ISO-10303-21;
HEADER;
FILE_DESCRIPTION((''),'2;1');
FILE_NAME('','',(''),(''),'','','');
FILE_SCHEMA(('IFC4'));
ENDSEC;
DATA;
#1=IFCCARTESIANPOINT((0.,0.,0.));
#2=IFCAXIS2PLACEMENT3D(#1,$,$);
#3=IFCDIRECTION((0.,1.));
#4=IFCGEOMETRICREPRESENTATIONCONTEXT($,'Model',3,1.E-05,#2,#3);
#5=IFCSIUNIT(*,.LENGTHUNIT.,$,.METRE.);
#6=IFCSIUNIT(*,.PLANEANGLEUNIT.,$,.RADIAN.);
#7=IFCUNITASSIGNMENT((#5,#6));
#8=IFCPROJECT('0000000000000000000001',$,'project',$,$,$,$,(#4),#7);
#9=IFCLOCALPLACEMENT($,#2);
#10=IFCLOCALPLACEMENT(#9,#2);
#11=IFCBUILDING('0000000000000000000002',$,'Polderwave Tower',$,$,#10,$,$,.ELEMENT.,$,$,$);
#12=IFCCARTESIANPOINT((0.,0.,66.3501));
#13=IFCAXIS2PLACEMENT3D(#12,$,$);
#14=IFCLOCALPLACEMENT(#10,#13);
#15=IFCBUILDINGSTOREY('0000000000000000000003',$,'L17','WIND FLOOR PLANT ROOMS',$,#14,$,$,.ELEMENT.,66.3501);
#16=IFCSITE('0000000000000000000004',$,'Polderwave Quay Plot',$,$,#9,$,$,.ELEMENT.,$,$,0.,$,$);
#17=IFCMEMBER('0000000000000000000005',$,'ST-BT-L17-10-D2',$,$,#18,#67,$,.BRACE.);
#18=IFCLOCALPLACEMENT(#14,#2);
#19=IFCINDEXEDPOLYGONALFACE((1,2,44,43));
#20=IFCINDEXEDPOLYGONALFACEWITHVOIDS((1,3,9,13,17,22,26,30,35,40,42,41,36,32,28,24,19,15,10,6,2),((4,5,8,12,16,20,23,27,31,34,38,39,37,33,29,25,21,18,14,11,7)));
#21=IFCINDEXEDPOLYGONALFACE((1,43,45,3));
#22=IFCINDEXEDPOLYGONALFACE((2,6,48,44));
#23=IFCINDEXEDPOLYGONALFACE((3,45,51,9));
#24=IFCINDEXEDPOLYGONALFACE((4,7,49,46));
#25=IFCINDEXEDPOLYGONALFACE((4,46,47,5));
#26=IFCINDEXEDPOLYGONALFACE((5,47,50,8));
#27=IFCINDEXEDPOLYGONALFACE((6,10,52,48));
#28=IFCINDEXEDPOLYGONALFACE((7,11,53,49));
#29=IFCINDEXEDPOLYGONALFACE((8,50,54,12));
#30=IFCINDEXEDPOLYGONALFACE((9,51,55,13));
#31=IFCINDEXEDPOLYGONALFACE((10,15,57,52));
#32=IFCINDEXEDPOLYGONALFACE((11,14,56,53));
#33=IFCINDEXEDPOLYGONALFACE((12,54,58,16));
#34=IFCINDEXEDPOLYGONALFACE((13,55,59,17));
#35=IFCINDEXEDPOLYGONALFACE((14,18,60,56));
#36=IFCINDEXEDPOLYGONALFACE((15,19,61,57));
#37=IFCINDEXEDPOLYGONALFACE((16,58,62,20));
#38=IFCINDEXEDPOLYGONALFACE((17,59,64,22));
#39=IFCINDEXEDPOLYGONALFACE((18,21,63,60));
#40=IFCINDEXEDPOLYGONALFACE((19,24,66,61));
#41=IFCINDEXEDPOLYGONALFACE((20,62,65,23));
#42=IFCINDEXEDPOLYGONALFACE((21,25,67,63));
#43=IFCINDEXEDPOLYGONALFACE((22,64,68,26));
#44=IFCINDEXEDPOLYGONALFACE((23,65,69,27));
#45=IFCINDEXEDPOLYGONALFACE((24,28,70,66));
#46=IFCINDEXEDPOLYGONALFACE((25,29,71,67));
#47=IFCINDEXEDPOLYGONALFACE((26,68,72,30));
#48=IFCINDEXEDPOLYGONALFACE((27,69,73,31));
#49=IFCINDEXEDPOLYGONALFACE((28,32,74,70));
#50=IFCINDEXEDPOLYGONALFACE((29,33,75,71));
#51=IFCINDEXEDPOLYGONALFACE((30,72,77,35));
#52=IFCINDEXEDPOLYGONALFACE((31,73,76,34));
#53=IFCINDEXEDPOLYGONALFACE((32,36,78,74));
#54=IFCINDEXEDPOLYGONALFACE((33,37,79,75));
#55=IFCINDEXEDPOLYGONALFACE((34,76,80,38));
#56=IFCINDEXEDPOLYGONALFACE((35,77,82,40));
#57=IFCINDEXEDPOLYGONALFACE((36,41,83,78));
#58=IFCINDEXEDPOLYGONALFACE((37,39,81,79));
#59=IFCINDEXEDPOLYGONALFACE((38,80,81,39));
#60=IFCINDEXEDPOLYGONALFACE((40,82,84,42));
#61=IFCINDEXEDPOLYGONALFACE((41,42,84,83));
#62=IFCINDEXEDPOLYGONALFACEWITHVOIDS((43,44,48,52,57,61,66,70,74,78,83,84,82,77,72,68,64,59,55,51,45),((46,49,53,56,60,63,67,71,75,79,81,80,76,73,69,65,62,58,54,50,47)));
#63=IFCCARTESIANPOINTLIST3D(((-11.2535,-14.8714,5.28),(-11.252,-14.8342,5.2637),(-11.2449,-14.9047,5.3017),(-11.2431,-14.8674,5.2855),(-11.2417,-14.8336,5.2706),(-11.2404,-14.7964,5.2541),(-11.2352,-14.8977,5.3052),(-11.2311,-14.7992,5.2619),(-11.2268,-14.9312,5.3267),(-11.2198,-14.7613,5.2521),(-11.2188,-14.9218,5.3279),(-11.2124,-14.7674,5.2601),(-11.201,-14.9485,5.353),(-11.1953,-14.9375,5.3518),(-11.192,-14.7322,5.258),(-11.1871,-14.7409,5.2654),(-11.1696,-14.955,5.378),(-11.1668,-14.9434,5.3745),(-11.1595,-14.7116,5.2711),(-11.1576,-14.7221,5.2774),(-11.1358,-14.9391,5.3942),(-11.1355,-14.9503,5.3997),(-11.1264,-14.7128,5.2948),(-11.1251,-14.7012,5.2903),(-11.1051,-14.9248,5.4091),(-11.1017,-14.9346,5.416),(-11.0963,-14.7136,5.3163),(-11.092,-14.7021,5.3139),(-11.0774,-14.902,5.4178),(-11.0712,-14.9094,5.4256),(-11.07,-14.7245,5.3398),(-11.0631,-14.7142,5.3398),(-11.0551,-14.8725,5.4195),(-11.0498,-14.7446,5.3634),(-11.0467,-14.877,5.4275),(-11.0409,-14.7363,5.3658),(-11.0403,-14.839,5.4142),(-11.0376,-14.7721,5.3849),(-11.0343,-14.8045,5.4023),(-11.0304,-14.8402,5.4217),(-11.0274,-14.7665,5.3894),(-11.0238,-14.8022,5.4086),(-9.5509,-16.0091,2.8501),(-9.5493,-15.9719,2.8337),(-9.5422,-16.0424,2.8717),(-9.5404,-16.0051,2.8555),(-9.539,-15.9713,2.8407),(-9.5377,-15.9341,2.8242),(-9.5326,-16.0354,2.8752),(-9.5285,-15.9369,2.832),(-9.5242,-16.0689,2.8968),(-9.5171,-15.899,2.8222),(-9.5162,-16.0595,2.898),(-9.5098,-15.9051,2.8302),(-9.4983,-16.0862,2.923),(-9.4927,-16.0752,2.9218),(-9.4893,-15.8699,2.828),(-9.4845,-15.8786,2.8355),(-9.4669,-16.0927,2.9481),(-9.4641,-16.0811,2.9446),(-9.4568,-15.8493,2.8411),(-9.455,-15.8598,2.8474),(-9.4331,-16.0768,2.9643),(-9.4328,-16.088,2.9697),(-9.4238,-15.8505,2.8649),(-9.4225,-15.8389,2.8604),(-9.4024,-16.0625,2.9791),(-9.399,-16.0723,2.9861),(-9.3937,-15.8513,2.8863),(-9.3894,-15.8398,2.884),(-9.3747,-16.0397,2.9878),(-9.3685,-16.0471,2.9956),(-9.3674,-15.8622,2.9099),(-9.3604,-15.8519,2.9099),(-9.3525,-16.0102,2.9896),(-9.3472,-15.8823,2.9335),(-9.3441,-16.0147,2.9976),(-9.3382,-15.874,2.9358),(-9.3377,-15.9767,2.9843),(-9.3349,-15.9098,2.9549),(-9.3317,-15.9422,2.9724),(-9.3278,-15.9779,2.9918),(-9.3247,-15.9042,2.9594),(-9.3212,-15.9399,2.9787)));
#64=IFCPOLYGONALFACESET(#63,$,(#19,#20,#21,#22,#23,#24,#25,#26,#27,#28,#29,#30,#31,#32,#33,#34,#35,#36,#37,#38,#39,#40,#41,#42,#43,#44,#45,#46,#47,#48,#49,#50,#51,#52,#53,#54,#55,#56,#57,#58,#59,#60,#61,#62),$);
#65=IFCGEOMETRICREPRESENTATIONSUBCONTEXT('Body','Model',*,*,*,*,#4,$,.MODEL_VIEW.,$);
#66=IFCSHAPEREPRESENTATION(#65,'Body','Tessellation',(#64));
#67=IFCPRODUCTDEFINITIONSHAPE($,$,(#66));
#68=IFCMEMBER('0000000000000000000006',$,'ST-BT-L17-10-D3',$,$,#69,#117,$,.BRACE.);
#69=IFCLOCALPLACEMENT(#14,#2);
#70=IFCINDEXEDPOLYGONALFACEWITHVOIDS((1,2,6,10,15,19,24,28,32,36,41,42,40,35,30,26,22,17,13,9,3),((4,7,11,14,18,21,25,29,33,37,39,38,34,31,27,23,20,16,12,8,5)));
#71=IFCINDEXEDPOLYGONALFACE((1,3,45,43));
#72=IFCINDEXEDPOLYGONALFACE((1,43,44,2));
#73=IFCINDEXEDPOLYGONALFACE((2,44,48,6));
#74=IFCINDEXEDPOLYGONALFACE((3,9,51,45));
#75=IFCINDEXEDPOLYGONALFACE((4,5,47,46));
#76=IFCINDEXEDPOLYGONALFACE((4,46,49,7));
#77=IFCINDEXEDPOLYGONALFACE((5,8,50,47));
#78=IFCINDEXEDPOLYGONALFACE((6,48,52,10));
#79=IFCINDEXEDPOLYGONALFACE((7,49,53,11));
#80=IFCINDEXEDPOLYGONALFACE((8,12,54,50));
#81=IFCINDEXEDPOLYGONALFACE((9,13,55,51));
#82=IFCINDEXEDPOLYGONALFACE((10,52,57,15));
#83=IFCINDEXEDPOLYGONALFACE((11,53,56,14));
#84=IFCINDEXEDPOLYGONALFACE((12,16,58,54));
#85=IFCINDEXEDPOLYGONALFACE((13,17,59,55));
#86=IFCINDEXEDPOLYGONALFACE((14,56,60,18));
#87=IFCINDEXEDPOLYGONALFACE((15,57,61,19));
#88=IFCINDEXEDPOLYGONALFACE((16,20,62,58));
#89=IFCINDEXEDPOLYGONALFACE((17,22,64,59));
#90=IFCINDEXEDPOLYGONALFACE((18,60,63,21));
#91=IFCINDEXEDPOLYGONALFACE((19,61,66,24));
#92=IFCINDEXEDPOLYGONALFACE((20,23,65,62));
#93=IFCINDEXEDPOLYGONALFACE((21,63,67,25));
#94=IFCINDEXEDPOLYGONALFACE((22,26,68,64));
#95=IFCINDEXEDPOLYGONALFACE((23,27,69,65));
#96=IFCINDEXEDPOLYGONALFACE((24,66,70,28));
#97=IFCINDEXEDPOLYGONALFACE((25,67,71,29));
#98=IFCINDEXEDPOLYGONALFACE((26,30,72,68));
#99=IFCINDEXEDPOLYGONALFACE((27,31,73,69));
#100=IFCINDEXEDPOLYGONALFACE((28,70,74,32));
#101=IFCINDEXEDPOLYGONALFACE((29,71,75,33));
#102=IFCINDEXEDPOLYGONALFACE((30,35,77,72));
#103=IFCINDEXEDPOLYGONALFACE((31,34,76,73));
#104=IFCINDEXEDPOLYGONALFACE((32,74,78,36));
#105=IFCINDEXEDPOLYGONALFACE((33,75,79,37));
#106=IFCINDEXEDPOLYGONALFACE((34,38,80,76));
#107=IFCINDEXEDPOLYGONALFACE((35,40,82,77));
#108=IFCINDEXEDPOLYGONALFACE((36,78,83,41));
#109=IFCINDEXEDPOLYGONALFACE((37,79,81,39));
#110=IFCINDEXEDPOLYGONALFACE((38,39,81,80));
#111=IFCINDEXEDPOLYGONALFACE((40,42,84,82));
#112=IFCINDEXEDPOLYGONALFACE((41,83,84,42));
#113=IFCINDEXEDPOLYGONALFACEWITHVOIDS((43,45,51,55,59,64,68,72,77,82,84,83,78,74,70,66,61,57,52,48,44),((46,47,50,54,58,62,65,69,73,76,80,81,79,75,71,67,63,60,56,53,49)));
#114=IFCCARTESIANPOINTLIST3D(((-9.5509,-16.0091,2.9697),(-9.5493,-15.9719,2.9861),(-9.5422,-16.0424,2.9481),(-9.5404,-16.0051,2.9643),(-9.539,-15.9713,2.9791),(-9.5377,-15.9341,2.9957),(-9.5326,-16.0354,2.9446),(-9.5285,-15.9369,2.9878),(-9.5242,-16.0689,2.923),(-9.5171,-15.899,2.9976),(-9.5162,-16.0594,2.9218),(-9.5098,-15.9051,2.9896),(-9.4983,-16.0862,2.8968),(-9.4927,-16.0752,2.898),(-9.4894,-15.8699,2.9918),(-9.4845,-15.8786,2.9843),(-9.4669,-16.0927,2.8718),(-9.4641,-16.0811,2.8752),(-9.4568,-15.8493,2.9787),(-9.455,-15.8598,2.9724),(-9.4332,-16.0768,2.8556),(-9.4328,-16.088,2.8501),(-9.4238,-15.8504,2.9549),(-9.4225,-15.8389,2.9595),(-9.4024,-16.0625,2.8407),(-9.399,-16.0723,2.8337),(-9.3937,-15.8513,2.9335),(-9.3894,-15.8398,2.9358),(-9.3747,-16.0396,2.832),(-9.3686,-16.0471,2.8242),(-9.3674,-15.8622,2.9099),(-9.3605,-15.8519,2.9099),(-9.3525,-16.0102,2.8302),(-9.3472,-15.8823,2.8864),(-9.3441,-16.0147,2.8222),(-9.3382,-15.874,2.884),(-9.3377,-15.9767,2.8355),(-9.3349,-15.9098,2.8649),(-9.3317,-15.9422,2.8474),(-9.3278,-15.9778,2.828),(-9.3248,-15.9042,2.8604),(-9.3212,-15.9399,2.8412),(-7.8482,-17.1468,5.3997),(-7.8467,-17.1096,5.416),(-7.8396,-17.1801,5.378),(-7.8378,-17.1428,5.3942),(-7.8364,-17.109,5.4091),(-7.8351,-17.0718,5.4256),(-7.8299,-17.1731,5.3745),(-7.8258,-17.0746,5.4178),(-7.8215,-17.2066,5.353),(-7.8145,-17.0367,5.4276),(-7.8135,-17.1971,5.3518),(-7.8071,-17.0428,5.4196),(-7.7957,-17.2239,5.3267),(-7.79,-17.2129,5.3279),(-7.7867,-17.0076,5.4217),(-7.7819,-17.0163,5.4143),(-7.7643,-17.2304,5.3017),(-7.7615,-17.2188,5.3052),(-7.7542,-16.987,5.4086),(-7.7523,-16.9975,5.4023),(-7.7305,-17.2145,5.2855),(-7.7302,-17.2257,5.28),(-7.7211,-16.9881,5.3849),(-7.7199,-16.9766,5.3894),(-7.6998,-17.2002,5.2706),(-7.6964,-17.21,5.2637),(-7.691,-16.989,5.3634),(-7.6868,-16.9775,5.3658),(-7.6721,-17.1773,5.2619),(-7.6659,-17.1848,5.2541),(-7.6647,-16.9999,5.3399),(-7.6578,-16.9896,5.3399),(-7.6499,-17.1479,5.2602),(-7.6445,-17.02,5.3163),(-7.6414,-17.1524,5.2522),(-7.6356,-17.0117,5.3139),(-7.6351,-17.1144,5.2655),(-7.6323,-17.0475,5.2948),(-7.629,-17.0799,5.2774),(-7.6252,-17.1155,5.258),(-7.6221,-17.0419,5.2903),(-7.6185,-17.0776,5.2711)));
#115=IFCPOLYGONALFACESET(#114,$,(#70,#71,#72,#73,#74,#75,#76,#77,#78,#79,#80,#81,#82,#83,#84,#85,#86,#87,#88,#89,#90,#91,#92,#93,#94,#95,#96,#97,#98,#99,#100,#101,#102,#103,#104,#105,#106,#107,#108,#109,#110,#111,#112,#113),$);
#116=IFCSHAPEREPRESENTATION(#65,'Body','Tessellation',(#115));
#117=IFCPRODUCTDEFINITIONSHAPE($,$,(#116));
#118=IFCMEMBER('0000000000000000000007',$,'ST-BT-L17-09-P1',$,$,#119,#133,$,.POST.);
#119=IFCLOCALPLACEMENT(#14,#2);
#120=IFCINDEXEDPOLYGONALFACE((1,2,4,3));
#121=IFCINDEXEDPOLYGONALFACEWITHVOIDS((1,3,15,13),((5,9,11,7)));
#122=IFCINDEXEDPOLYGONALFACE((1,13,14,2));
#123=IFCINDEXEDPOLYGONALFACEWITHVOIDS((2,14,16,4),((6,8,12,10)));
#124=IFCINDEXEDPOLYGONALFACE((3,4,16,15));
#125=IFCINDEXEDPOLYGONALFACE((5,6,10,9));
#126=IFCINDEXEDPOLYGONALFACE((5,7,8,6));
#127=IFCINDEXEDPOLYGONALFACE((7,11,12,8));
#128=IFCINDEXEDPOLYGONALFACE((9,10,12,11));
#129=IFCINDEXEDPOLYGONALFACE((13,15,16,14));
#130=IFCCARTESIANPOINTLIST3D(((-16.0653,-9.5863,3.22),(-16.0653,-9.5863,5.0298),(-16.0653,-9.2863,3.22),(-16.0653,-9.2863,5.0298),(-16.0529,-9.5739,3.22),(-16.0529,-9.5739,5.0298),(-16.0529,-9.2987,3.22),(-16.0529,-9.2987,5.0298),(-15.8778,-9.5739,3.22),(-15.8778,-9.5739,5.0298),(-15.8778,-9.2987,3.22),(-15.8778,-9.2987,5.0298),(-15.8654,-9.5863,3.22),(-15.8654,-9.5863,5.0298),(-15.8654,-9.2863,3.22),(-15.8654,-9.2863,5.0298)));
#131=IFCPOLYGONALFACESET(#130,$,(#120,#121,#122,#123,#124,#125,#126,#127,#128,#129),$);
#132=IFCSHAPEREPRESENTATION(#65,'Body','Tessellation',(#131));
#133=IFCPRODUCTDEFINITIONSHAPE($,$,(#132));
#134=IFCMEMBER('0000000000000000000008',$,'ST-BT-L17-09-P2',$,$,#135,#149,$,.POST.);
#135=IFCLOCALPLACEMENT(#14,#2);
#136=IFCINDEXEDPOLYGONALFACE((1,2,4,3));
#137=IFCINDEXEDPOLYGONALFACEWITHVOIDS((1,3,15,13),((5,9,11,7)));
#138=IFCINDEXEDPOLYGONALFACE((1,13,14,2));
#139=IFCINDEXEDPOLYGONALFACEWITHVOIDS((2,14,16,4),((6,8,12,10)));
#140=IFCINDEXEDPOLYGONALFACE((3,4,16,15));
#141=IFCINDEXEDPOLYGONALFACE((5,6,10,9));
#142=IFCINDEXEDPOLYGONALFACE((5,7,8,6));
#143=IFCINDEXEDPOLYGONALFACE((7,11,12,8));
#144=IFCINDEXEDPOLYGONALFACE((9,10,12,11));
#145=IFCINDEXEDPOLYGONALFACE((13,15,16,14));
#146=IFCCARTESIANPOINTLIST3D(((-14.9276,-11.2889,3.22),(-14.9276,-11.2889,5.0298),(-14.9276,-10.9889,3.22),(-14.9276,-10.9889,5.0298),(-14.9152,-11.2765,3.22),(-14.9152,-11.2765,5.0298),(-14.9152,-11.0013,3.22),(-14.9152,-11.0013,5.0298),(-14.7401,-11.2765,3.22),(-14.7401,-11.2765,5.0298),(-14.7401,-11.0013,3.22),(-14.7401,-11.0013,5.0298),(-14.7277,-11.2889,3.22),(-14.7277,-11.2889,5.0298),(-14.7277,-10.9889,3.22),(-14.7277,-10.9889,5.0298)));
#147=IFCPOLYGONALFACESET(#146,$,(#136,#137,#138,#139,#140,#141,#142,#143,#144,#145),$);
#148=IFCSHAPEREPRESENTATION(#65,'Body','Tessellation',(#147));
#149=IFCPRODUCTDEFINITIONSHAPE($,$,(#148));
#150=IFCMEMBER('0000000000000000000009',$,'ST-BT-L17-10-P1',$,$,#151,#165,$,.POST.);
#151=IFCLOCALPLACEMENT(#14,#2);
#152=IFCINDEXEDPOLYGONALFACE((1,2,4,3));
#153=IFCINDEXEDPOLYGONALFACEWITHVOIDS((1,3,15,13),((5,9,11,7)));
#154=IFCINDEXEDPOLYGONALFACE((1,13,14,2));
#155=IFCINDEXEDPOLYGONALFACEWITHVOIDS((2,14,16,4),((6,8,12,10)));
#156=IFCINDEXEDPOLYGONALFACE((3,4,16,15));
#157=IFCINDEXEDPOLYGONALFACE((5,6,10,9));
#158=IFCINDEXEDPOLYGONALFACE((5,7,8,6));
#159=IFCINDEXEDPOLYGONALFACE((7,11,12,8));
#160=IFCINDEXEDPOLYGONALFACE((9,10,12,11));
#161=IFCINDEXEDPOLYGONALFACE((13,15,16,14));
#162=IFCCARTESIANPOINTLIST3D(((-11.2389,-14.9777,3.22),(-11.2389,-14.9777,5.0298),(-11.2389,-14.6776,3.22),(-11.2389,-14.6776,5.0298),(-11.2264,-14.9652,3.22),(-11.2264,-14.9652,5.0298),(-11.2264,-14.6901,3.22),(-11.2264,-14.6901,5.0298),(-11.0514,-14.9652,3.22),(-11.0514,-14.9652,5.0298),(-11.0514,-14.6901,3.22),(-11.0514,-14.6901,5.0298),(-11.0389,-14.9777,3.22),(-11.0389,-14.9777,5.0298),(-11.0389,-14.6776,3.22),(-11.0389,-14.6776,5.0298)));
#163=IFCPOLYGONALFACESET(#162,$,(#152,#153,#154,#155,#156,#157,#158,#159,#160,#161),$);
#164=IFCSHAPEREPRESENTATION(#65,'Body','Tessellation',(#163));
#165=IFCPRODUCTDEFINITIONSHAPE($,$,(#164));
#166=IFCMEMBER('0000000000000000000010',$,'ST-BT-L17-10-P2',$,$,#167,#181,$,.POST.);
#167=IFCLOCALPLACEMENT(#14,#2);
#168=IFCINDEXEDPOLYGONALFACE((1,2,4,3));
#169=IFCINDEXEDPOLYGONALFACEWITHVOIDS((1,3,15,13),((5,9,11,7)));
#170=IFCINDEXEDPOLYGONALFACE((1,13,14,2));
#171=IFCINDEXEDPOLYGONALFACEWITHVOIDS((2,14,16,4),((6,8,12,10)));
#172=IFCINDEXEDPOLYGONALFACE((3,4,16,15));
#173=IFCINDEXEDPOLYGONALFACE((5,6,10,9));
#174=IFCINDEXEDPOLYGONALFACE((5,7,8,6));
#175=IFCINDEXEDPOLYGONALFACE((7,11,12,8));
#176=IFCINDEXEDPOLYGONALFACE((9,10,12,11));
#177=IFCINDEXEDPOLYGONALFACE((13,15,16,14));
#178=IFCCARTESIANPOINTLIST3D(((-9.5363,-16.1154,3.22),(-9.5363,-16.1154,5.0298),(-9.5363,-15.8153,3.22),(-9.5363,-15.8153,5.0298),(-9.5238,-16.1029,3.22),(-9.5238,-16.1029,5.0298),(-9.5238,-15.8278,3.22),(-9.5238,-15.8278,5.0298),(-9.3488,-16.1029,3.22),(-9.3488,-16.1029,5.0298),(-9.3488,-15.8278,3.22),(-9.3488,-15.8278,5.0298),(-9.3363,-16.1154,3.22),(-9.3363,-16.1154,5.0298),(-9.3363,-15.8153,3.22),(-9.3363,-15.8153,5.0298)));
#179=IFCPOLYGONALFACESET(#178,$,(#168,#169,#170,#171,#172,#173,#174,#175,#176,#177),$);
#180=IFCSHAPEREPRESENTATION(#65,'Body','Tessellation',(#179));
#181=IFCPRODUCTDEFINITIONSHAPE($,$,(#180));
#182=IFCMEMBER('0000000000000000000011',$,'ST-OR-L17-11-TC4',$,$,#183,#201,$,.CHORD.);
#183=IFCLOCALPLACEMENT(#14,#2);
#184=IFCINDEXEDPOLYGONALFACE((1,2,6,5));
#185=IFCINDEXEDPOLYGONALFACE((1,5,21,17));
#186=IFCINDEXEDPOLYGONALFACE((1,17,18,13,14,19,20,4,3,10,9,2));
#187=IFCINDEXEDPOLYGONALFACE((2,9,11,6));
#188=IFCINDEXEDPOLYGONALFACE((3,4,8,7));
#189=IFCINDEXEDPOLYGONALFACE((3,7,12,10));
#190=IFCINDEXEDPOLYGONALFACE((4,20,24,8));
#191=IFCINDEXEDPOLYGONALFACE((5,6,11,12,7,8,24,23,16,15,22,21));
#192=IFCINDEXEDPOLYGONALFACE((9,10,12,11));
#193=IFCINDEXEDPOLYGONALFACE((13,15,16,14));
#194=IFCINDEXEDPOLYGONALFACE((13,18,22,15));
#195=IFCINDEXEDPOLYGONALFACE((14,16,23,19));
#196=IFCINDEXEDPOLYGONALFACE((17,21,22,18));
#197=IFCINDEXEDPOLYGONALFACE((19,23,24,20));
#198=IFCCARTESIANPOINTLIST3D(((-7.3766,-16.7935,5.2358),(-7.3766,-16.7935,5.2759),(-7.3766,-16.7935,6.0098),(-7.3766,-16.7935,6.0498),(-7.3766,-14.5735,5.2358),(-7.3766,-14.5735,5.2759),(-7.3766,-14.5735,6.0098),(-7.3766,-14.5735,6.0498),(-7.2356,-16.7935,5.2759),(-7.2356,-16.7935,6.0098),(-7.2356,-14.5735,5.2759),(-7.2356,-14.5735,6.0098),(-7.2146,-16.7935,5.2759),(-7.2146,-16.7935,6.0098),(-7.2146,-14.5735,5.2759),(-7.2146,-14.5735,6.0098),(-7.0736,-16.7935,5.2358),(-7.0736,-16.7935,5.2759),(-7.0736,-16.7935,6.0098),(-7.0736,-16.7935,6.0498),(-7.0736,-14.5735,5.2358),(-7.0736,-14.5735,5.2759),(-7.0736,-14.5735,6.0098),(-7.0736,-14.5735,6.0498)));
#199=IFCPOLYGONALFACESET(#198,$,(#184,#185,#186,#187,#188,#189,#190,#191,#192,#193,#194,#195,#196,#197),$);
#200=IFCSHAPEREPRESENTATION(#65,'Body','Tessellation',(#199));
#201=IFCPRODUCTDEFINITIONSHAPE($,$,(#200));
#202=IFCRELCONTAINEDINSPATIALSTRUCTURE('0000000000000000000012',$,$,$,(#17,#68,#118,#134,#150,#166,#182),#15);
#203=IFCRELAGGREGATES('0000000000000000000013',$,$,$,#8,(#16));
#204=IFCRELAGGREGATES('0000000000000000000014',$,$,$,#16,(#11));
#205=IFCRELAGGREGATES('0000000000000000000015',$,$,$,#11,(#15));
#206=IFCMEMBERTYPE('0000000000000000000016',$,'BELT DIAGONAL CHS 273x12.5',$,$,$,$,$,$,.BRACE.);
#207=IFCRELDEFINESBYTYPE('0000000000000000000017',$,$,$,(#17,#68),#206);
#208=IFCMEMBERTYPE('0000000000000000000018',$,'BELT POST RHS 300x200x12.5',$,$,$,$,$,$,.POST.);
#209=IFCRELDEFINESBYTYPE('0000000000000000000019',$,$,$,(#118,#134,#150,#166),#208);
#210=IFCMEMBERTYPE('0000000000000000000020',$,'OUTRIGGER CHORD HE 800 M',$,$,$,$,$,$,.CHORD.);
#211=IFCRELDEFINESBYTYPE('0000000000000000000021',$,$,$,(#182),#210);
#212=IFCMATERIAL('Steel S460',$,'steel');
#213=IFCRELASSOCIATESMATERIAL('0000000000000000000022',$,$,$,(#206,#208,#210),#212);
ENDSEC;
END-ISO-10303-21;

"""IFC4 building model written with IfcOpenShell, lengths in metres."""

from ifc_helpers import new_model, si_unit, direction, frame, origin, origin_2d, place, context, subcontext, project, spatial, hollow_rectangle, hollow_circle, i_section, extrude, material, material_profile, profile_set, type_object, element, save


model = new_model("IFC4")

# Units and contexts
model_context = context("Model", 3, precision=1e-05, world=origin(), true_north=direction((0.0, 1.0)))
body_context = subcontext(model_context, "Body", "Model", "MODEL_VIEW")
ifc_project = project(units=[si_unit("LENGTHUNIT", "METRE"), si_unit("PLANEANGLEUNIT", "RADIAN")], contexts=[model_context])

# Site, building, storey
site_placement = place(None, origin())
site = spatial("IfcSite", under=ifc_project, at=site_placement, Name="Polderwave Quay Plot", CompositionType="ELEMENT", RefElevation=0.0)
building_placement = place(site_placement, origin())
building = spatial("IfcBuilding", under=site, at=building_placement, Name="Polderwave Tower", CompositionType="ELEMENT")
storey_placement = place(building_placement, frame((0.0, 0.0, 66.3501)))
storey = spatial("IfcBuildingStorey", under=building, at=storey_placement, Name="L17", Description="WIND FLOOR PLANT ROOMS", CompositionType="ELEMENT", Elevation=66.3501)

# Members
ifc_material_1 = material(Name="Steel S460", Category="steel")
ifc_material_profile_1 = material_profile(ifc_material_1, hollow_circle(Radius=0.1365, WallThickness=0.0125, at=origin_2d()), Name="CHS 273x12.5")
ifc_profile_set_1 = profile_set([ifc_material_profile_1], Name="Steel S460")
member_type_1 = type_object("IfcMemberType", Name="BELT DIAGONAL CHS 273x12.5", PredefinedType="BRACE", material=ifc_profile_set_1)
for number, where, z_axis, x_axis, name in (
    (1, (-11.1389, -14.8276, 5.3398), (0.535805, -0.358023, -0.764678), (0.55558, 0.831463, 0.0), "ST-BT-L17-10-D2"),
    (2, (-9.4363, -15.9653, 2.9099), (0.535805, -0.358023, 0.764678), (0.55558, 0.831463, 0.0), "ST-BT-L17-10-D3"),
):
    element("IfcMember", number, at=place(storey_placement, frame(where, z_axis=z_axis, x_axis=x_axis)), inside=storey, type_object=member_type_1, Name=name, PredefinedType="BRACE", context=body_context, shape_type="SweptSolid", body=[
        extrude(hollow_circle(Radius=0.1365, WallThickness=0.0125, at=origin_2d()), origin(), (0.0, 0.0, 1.0), 3.1777),
    ])
ifc_material_profile_2 = material_profile(ifc_material_1, hollow_rectangle(XDim=0.2, YDim=0.3, WallThickness=0.0125, at=origin_2d()), Name="RHS 300x200x12.5")
ifc_profile_set_2 = profile_set([ifc_material_profile_2], Name="Steel S460")
member_type_2 = type_object("IfcMemberType", Name="BELT POST RHS 300x200x12.5", PredefinedType="POST", material=ifc_profile_set_2)
for number, where, z_axis, x_axis, name in (
    (3, (-15.9653, -9.4363, 3.22), (0.0, 0.0, 1.0), (1.0, 0.0, 0.0), "ST-BT-L17-09-P1"),
    (4, (-14.8276, -11.1389, 3.22), (0.0, 0.0, 1.0), (1.0, 0.0, 0.0), "ST-BT-L17-09-P2"),
    (5, (-11.1389, -14.8276, 3.22), (0.0, 0.0, 1.0), (1.0, 0.0, 0.0), "ST-BT-L17-10-P1"),
    (6, (-9.4363, -15.9653, 3.22), (0.0, 0.0, 1.0), (1.0, 0.0, 0.0), "ST-BT-L17-10-P2"),
):
    element("IfcMember", number, at=place(storey_placement, frame(where, z_axis=z_axis, x_axis=x_axis)), inside=storey, type_object=member_type_2, Name=name, PredefinedType="POST", context=body_context, shape_type="SweptSolid", body=[
        extrude(hollow_rectangle(XDim=0.2, YDim=0.3, WallThickness=0.0125, at=origin_2d()), origin(), (0.0, 0.0, 1.0), 1.8098),
    ])
ifc_material_profile_3 = material_profile(ifc_material_1, i_section(OverallWidth=0.303, OverallDepth=0.814, WebThickness=0.021, FlangeThickness=0.04, at=origin_2d()), Name="HE 800 M")
ifc_profile_set_3 = profile_set([ifc_material_profile_3], Name="Steel S460")
member_type_3 = type_object("IfcMemberType", Name="OUTRIGGER CHORD HE 800 M", PredefinedType="CHORD", material=ifc_profile_set_3)
member_placement = place(storey_placement, frame((-7.2251, -14.5735, 5.6428), z_axis=(0.0, -1.0, 0.0), x_axis=(1.0, 0.0, 0.0)))
element("IfcMember", 7, at=member_placement, inside=storey, type_object=member_type_3, Name="ST-OR-L17-11-TC4", PredefinedType="CHORD", context=body_context, shape_type="SweptSolid", body=[
    extrude(i_section(OverallWidth=0.303, OverallDepth=0.814, WebThickness=0.021, FlangeThickness=0.04, at=origin_2d()), origin(), (0.0, 0.0, 1.0), 2.22),
])

save(model, "model.ifc")
